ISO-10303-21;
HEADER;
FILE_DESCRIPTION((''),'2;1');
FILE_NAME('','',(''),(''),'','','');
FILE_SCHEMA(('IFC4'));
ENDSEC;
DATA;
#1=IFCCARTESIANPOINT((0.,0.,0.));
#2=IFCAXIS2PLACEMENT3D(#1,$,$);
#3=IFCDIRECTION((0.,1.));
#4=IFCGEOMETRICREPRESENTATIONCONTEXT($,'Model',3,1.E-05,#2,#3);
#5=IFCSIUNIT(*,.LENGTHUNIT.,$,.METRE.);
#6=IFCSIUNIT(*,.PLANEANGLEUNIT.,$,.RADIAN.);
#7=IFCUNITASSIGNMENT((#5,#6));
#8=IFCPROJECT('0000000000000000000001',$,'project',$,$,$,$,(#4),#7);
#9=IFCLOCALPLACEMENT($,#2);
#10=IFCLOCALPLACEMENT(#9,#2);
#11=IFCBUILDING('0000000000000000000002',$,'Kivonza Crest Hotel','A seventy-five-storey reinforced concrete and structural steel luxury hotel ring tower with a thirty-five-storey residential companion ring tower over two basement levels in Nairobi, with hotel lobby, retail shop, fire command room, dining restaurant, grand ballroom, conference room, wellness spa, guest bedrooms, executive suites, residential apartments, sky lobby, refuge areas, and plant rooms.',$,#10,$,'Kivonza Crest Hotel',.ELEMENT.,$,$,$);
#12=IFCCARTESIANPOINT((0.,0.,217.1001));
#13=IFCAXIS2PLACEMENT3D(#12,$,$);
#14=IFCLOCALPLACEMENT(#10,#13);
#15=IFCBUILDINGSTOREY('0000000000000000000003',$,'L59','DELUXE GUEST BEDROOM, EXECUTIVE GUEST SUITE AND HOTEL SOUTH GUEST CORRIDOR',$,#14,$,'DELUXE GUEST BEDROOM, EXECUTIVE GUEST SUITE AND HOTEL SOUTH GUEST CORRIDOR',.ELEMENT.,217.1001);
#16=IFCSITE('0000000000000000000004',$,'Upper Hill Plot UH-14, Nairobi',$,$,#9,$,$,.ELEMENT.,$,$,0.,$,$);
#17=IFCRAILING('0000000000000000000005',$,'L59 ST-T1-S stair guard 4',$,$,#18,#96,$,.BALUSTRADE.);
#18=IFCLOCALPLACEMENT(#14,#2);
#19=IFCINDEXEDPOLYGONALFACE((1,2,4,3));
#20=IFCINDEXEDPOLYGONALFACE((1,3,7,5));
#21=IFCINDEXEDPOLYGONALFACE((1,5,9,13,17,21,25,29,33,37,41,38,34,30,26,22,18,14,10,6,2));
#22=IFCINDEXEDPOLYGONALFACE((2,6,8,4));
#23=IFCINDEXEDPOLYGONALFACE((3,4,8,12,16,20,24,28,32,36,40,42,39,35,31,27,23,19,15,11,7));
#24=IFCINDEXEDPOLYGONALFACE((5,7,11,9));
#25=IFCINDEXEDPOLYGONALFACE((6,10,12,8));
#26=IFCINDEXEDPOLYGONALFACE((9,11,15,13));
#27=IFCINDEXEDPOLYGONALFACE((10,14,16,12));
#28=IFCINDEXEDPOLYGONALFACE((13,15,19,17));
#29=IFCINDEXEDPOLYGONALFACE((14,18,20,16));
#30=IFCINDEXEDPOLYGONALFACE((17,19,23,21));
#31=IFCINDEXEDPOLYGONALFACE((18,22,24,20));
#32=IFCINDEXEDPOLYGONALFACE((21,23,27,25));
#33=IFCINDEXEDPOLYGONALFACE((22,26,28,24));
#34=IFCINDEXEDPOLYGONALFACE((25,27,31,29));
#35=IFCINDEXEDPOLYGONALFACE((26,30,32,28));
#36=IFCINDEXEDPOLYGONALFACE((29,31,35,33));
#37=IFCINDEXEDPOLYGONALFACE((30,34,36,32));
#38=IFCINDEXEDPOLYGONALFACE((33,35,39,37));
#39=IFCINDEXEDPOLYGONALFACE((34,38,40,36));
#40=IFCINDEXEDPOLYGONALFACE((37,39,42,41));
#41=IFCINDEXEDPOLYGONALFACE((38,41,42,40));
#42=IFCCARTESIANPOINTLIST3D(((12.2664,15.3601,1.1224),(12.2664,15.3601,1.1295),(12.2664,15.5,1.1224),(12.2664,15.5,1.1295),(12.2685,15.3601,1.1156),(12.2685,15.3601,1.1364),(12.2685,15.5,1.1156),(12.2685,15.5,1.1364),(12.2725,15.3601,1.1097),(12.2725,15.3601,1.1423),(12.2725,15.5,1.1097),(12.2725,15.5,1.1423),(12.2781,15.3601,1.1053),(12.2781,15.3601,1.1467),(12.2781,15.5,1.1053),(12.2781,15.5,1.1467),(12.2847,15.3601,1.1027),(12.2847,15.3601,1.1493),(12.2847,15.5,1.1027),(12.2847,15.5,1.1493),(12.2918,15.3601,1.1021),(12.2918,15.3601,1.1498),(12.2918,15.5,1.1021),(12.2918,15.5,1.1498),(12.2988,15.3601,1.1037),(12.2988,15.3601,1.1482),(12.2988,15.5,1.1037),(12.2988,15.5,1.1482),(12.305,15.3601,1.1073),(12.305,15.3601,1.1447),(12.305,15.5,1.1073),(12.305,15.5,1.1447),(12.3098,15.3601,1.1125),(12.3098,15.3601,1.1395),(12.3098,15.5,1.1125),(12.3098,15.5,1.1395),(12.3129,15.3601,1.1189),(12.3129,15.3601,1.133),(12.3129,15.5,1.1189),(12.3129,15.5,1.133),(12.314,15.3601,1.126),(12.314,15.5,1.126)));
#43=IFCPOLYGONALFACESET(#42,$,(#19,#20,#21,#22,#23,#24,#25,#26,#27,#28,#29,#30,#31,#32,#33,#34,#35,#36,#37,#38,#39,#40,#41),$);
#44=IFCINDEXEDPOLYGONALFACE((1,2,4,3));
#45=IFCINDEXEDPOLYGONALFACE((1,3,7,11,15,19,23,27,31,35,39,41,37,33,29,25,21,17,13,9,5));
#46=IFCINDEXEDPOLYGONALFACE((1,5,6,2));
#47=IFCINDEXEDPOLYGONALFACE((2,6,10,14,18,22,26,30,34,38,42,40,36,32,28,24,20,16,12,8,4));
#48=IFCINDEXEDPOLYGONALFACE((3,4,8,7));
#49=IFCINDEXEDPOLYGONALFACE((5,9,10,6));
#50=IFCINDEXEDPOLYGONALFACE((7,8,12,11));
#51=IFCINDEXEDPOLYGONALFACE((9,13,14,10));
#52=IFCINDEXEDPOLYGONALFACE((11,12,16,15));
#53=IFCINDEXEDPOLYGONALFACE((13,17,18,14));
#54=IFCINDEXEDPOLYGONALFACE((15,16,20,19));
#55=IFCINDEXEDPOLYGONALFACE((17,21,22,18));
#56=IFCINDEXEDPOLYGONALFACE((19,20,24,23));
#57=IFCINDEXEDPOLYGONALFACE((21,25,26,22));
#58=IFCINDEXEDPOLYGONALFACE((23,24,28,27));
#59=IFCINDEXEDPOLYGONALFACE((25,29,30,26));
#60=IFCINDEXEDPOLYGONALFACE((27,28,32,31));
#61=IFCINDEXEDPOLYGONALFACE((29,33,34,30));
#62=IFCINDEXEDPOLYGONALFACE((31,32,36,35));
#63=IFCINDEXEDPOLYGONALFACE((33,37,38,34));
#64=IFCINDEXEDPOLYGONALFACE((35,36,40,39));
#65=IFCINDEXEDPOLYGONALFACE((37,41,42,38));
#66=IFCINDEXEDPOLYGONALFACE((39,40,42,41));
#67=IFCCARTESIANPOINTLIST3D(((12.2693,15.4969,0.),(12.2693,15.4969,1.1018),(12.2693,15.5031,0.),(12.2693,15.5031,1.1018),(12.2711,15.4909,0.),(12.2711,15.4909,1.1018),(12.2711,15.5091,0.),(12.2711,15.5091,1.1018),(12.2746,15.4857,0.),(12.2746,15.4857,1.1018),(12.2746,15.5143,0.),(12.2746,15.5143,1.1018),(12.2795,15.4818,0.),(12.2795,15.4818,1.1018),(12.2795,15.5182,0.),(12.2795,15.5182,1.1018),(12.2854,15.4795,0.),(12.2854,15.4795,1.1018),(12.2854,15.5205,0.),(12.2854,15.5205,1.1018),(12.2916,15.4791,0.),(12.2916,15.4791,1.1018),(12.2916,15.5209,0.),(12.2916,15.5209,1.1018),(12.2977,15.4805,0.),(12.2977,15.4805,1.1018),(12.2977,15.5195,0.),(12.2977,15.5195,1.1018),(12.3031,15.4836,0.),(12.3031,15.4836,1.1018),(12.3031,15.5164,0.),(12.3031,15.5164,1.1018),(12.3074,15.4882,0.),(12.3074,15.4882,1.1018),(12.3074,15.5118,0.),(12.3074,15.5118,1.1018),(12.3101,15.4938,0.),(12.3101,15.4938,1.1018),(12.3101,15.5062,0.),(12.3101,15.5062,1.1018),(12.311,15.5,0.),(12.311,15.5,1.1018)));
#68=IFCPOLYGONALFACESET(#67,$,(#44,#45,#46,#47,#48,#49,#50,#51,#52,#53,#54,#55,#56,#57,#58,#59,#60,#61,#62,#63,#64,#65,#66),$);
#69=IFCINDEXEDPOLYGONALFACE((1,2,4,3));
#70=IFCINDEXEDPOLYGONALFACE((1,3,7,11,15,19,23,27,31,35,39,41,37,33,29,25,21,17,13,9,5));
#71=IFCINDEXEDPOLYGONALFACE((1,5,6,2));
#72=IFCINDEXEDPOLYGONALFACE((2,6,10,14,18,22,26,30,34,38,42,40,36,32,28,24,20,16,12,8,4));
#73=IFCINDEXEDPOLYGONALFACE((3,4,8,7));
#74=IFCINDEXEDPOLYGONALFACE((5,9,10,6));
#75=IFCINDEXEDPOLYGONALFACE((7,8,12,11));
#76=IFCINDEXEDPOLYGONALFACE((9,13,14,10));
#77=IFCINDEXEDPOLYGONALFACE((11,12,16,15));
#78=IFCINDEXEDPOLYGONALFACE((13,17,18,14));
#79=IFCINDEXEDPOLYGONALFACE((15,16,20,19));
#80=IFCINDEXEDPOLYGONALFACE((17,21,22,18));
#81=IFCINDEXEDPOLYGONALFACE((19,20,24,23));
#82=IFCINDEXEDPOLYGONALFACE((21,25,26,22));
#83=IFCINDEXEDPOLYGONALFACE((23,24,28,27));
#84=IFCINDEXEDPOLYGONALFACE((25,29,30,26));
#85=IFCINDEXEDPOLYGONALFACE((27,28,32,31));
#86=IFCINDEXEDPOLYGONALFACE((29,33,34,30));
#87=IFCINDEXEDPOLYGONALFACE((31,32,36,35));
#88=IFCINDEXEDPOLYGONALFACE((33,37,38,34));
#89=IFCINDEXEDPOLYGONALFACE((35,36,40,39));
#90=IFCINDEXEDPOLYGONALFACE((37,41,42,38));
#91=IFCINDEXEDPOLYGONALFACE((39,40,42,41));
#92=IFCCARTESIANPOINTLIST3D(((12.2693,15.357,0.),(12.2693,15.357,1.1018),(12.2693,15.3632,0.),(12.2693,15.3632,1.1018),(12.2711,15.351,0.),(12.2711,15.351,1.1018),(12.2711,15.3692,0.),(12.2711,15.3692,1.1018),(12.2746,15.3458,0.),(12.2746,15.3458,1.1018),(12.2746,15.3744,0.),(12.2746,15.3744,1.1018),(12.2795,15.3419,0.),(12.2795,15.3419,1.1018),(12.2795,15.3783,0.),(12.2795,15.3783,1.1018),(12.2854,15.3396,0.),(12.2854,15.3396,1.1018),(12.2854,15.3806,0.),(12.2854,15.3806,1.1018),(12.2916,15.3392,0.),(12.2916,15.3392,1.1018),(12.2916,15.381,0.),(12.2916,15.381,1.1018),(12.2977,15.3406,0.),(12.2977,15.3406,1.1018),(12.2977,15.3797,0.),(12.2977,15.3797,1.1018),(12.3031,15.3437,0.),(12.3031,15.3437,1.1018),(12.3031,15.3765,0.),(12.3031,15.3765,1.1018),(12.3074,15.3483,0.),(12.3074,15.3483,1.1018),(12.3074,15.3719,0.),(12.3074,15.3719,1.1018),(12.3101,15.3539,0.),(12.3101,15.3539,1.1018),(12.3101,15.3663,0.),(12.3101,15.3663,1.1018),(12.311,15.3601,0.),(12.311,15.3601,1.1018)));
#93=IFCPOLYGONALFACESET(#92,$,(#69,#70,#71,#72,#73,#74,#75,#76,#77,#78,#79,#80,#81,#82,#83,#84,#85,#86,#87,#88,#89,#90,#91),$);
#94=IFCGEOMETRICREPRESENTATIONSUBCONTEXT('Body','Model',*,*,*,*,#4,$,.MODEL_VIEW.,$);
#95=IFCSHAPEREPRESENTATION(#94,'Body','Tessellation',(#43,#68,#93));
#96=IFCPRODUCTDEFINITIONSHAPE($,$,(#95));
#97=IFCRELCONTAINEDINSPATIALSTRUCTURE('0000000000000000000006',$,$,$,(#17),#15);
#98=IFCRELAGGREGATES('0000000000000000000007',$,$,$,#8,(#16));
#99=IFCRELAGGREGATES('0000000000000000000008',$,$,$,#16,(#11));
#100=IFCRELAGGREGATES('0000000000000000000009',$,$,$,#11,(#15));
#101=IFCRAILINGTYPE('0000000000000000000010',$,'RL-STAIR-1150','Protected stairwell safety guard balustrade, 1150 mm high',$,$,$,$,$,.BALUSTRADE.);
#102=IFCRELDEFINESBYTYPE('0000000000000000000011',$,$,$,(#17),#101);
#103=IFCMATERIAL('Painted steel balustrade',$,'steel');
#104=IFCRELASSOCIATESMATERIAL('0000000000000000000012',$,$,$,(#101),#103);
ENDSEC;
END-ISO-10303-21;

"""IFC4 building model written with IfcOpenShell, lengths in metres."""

from ifc_helpers import new_model, si_unit, direction, frame, origin, origin_2d, place, context, subcontext, project, spatial, circle, extrude, material, type_object, element, save


model = new_model("IFC4")

# Units and contexts
model_context = context("Model", 3, precision=1e-05, world=origin(), true_north=direction((0.0, 1.0)))
body_context = subcontext(model_context, "Body", "Model", "MODEL_VIEW")
ifc_project = project(units=[si_unit("LENGTHUNIT", "METRE"), si_unit("PLANEANGLEUNIT", "RADIAN")], contexts=[model_context])

# Site, building, storey
site_placement = place(None, origin())
site = spatial("IfcSite", under=ifc_project, at=site_placement, Name="Upper Hill Plot UH-14, Nairobi", CompositionType="ELEMENT", RefElevation=0.0)
building_placement = place(site_placement, origin())
building = spatial("IfcBuilding", under=site, at=building_placement, Name="Kivonza Crest Hotel", Description="A seventy-five-storey reinforced concrete and structural steel luxury hotel ring tower with a thirty-five-storey residential companion ring tower over two basement levels in Nairobi, with hotel lobby, retail shop, fire command room, dining restaurant, grand ballroom, conference room, wellness spa, guest bedrooms, executive suites, residential apartments, sky lobby, refuge areas, and plant rooms.", LongName="Kivonza Crest Hotel", CompositionType="ELEMENT")
storey_placement = place(building_placement, frame((0.0, 0.0, 217.1001)))
storey = spatial("IfcBuildingStorey", under=building, at=storey_placement, Name="L59", Description="DELUXE GUEST BEDROOM, EXECUTIVE GUEST SUITE AND HOTEL SOUTH GUEST CORRIDOR", LongName="DELUXE GUEST BEDROOM, EXECUTIVE GUEST SUITE AND HOTEL SOUTH GUEST CORRIDOR", CompositionType="ELEMENT", Elevation=217.1001)

# Railing
ifc_material_1 = material(Name="Painted steel balustrade", Category="steel")
railing_type_1 = type_object("IfcRailingType", Name="RL-STAIR-1150", Description="Protected stairwell safety guard balustrade, 1150 mm high", PredefinedType="BALUSTRADE", material=ifc_material_1)
railing_1_placement = place(storey_placement, frame((12.29, 15.5, 0.0)))
element("IfcRailing", 1, at=railing_1_placement, inside=storey, type_object=railing_type_1, Name="L59 ST-T1-S stair guard 4", PredefinedType="BALUSTRADE", context=body_context, shape_type="SweptSolid", body=[
    extrude(circle(Radius=0.0239, at=origin_2d()), frame((0.0, 0.0, 1.126), z_axis=(0.0, -1.0, 0.0), x_axis=(1.0, 0.0, 0.0)), (0.0, 0.0, 1.0), 0.1399),
    extrude(circle(Radius=0.021, at=origin_2d()), origin(), (0.0, 0.0, 1.0), 1.1018),
    extrude(circle(Radius=0.021, at=origin_2d()), frame((0.0, -0.1399, 0.0)), (0.0, 0.0, 1.0), 1.1018),
])

save(model, "model.ifc")
